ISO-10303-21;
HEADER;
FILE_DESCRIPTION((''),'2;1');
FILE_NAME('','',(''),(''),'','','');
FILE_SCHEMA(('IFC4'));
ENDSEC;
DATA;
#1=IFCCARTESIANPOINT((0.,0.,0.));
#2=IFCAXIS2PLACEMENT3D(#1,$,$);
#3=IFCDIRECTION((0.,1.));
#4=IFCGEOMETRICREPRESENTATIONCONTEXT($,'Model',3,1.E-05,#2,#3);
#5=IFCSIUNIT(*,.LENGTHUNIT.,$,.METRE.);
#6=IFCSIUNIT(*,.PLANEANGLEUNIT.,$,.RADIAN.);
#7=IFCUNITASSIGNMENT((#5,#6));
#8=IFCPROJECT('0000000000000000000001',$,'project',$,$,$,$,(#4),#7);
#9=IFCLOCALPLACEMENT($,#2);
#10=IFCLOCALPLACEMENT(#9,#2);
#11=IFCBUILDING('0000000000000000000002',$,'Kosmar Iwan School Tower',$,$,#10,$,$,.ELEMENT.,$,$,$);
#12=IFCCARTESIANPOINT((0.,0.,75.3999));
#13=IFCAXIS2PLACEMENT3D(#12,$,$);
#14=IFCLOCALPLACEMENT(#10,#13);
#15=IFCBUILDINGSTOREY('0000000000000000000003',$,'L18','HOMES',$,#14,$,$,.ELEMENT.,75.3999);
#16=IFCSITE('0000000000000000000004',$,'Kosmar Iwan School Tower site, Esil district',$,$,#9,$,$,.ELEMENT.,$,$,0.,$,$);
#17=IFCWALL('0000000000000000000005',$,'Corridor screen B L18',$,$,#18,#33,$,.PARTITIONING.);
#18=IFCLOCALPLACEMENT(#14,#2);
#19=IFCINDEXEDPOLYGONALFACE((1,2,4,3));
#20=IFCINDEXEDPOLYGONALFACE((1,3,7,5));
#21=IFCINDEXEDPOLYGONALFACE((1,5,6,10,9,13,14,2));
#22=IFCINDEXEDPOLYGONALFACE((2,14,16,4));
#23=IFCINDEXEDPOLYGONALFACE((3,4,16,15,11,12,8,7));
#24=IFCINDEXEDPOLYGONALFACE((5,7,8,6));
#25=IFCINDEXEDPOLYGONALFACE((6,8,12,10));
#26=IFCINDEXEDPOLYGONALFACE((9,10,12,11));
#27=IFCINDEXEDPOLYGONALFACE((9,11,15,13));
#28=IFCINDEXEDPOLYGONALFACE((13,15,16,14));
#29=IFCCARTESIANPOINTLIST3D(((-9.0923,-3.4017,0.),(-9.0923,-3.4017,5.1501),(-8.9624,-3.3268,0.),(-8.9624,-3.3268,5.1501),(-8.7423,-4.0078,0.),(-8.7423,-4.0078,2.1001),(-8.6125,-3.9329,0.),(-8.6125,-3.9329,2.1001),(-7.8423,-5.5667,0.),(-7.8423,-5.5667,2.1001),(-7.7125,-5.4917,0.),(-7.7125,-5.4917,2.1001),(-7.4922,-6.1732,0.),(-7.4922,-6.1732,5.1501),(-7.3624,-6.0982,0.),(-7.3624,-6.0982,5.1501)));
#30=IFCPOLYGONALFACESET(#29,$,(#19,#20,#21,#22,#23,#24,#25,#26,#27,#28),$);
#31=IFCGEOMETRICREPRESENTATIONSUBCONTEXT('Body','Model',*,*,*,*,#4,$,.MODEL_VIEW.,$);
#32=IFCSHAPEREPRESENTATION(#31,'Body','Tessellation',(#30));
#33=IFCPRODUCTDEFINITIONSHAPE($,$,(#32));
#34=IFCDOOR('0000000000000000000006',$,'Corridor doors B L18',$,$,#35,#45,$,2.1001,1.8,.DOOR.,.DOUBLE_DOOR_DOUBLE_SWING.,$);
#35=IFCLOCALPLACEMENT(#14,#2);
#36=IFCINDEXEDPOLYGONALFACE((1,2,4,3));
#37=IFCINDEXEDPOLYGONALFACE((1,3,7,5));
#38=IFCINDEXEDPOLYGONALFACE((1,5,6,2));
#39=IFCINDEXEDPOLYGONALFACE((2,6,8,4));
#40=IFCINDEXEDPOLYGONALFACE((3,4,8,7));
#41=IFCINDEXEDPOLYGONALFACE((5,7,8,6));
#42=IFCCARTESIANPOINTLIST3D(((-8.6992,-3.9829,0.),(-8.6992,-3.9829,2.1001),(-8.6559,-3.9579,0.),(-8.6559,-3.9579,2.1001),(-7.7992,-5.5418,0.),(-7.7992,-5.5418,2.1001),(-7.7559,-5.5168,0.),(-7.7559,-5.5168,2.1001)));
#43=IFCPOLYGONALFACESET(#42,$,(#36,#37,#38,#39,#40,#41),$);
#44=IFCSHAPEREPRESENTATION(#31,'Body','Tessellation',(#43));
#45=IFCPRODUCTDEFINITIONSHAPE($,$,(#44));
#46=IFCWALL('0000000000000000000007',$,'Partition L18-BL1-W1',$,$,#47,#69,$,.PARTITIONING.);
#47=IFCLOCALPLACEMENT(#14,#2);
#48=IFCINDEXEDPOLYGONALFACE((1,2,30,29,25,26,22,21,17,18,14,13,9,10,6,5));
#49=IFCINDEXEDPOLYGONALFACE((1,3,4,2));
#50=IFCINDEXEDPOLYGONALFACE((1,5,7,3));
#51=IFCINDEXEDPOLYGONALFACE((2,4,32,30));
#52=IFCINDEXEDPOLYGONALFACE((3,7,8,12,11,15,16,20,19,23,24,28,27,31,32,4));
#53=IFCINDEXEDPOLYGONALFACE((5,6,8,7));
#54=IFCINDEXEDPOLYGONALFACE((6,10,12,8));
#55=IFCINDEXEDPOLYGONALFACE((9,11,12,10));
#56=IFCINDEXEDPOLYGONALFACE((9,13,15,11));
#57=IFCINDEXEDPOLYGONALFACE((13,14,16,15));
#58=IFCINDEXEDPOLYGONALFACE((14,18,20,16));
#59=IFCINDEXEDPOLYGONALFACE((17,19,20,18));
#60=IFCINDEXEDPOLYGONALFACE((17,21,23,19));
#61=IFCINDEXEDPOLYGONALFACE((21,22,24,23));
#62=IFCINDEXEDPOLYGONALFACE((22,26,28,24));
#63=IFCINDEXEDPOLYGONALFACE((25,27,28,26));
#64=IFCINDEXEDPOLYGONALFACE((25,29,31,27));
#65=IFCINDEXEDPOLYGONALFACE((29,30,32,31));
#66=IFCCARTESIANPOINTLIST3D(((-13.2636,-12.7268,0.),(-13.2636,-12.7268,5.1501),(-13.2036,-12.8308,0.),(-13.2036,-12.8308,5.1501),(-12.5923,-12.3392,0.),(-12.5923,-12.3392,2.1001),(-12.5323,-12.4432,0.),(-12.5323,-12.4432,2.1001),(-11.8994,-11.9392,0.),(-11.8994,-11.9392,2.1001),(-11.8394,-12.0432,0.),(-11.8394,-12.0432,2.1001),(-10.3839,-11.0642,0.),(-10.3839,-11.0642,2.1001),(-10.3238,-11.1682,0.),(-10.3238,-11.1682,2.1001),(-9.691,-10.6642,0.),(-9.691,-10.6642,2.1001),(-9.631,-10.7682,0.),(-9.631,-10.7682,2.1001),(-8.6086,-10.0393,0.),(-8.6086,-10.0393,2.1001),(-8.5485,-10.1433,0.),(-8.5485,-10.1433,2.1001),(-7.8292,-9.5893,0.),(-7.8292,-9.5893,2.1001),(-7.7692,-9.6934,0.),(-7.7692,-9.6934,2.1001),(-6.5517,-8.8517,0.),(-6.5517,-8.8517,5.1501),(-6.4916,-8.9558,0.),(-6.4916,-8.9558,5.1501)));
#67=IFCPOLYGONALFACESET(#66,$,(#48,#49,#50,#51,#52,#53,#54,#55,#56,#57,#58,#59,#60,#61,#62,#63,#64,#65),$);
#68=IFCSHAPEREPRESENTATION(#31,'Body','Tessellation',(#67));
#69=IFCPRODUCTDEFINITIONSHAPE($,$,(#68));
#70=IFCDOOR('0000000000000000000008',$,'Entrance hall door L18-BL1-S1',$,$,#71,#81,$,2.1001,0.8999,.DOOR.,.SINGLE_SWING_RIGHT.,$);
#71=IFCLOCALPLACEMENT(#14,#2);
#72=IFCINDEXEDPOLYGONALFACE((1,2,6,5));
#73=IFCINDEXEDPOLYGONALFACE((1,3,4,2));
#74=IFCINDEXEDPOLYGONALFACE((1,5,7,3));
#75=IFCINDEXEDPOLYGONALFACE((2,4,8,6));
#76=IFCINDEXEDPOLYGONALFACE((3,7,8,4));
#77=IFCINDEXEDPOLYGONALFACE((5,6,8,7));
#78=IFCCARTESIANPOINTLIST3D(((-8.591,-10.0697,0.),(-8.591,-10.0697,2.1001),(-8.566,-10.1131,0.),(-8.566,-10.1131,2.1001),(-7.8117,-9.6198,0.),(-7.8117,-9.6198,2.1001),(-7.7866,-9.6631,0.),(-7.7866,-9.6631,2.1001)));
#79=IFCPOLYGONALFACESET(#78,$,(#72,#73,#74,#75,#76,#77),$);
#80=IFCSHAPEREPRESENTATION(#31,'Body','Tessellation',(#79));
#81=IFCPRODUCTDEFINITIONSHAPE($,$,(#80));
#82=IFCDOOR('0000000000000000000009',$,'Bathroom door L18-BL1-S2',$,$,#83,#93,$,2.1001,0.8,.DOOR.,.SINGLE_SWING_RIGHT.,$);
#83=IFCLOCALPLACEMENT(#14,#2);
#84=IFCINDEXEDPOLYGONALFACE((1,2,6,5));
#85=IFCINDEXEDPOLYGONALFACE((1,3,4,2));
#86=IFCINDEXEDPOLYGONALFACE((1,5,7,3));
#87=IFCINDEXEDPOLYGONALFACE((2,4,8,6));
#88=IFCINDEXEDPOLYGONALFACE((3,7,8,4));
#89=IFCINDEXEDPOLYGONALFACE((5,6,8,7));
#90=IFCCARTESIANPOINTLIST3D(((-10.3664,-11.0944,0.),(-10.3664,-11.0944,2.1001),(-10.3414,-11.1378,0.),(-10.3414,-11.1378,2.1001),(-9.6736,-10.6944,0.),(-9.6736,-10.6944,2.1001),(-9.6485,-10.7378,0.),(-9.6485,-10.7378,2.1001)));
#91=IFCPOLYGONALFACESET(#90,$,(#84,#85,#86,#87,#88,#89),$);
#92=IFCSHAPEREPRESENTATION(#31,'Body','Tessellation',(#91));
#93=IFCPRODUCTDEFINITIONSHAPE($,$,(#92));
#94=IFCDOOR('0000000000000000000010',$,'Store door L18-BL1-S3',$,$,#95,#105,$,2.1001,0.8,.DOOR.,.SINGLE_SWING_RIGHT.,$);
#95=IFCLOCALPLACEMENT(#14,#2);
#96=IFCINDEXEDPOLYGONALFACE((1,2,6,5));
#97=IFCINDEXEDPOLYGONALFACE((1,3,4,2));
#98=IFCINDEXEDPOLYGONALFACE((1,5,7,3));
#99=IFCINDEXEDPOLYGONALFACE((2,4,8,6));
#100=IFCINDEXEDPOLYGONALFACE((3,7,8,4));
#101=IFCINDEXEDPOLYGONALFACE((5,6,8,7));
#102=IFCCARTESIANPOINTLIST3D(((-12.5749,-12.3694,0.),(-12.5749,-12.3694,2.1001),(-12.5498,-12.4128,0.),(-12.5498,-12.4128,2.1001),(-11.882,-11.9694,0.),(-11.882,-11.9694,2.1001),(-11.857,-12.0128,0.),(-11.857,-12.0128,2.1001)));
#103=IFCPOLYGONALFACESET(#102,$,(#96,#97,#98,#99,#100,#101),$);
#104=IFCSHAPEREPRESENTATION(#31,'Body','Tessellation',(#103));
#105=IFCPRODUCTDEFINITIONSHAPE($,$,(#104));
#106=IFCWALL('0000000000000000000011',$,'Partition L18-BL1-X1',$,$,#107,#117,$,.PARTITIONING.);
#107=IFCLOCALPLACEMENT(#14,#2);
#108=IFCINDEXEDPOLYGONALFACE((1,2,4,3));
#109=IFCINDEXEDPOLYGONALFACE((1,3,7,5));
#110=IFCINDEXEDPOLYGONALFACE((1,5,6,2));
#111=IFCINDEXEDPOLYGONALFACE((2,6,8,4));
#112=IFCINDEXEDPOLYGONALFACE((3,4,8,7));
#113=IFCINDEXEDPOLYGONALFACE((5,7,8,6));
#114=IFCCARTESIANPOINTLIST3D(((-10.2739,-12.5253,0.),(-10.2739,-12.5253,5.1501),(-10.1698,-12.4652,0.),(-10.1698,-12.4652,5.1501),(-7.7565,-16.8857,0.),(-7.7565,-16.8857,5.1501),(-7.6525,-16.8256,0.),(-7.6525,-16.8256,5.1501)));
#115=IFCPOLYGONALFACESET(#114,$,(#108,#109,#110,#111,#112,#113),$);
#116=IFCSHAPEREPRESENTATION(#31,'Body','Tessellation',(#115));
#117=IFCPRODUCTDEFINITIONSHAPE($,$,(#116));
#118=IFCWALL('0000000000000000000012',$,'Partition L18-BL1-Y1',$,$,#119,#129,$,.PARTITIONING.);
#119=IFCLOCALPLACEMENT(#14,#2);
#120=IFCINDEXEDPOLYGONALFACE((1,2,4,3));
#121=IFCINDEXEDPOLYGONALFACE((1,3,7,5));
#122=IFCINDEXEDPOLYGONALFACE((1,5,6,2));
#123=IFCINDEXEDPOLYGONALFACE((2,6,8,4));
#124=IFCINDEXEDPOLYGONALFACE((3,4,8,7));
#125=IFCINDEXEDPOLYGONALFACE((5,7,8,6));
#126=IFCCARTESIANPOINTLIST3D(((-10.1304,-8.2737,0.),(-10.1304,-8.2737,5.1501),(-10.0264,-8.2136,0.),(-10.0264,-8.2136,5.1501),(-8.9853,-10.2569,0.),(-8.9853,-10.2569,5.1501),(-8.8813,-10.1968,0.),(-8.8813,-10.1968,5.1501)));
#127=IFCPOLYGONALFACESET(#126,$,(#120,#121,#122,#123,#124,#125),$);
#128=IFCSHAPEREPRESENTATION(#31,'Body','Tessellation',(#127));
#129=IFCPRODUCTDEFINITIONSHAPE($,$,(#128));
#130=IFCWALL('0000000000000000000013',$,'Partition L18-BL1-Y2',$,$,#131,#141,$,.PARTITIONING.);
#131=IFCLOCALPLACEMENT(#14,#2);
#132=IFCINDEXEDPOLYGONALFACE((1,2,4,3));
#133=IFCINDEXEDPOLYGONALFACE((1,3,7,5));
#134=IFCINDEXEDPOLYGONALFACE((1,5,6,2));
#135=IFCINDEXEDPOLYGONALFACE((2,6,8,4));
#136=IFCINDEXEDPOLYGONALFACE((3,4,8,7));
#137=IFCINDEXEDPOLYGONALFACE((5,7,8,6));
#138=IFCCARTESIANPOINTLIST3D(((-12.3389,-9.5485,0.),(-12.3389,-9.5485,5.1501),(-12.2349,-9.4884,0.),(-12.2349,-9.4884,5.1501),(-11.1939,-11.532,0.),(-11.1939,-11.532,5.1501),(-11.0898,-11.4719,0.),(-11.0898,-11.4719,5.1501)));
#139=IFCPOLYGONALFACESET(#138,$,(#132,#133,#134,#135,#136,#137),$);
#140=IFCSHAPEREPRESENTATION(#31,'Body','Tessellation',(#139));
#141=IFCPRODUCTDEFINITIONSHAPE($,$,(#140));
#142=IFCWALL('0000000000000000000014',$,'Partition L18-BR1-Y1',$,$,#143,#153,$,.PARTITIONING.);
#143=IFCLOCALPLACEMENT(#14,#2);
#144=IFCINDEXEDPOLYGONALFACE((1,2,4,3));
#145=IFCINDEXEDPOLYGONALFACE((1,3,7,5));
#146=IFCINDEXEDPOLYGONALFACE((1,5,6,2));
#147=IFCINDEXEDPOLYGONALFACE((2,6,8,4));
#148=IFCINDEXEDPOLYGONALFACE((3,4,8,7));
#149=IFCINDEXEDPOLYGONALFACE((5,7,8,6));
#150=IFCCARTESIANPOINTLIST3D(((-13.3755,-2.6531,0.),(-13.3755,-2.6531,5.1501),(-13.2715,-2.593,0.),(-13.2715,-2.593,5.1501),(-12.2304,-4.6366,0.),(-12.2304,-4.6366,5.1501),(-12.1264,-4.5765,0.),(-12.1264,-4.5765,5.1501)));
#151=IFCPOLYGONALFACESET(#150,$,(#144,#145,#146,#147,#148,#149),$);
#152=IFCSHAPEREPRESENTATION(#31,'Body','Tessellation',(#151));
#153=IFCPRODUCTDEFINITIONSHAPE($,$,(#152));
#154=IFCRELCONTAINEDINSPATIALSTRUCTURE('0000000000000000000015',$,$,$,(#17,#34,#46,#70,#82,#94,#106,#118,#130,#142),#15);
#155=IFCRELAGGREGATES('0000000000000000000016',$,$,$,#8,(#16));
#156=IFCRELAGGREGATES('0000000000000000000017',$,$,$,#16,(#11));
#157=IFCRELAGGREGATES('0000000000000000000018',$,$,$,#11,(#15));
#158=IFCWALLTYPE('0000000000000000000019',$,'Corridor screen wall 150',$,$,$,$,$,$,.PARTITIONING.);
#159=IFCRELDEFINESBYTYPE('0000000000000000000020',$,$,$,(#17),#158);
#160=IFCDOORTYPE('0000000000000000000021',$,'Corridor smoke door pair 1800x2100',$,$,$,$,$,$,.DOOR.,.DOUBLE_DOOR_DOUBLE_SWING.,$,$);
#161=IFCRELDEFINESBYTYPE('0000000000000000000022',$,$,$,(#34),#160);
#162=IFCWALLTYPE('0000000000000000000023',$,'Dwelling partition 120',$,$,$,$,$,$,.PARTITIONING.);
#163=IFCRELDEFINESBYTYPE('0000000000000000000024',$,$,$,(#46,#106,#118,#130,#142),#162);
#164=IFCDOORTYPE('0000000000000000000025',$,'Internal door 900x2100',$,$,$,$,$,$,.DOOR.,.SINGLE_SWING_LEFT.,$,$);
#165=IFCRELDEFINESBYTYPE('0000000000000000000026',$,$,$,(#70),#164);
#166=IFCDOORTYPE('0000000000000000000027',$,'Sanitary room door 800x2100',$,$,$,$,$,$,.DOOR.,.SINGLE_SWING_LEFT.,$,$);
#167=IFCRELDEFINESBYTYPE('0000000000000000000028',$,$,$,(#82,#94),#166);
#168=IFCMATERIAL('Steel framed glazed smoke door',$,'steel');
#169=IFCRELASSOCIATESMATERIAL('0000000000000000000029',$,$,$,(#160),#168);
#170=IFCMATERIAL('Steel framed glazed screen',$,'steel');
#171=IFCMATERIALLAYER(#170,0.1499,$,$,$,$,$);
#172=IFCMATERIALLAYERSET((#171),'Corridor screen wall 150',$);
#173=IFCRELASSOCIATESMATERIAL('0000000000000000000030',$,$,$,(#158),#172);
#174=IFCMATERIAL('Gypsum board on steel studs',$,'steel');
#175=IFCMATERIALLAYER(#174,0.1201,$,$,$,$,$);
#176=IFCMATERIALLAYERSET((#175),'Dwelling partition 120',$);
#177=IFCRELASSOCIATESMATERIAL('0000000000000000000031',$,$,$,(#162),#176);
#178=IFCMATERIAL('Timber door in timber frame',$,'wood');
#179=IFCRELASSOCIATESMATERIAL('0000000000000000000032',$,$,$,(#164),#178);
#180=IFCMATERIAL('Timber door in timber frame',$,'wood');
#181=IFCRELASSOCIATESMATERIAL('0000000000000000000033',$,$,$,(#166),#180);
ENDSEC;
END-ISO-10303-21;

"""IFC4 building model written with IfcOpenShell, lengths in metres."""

from ifc_helpers import new_model, si_unit, direction, frame, frame_2d, origin, place, context, subcontext, project, spatial, rectangle, extrude, material, layer, layer_set, type_object, element, fill, save


model = new_model("IFC4")

# Units and contexts
model_context = context("Model", 3, precision=1e-05, world=origin(), true_north=direction((0.0, 1.0)))
body_context = subcontext(model_context, "Body", "Model", "MODEL_VIEW")
ifc_project = project(units=[si_unit("LENGTHUNIT", "METRE"), si_unit("PLANEANGLEUNIT", "RADIAN")], contexts=[model_context])

# Site, building, storey
site_placement = place(None, origin())
site = spatial("IfcSite", under=ifc_project, at=site_placement, Name="Kosmar Iwan School Tower site, Esil district", CompositionType="ELEMENT", RefElevation=0.0)
building_placement = place(site_placement, origin())
building = spatial("IfcBuilding", under=site, at=building_placement, Name="Kosmar Iwan School Tower", CompositionType="ELEMENT")
storey_placement = place(building_placement, frame((0.0, 0.0, 75.3999)))
storey = spatial("IfcBuildingStorey", under=building, at=storey_placement, Name="L18", Description="HOMES", CompositionType="ELEMENT", Elevation=75.3999)

# Wall, opening, door
ifc_material_1 = material(Name="Steel framed glazed smoke door", Category="steel")
door_type_1 = type_object("IfcDoorType", Name="Corridor smoke door pair 1800x2100", OperationType="DOUBLE_DOOR_DOUBLE_SWING", PredefinedType="DOOR", material=ifc_material_1)
ifc_material_2 = material(Name="Steel framed glazed screen", Category="steel")
ifc_layer_1 = layer(ifc_material_2, 0.1499)
ifc_layer_set_1 = layer_set([ifc_layer_1], Name="Corridor screen wall 150")
wall_type_1 = type_object("IfcWallType", Name="Corridor screen wall 150", PredefinedType="PARTITIONING", material=ifc_layer_set_1)
wall_1_placement = place(storey_placement, frame((-9.0273, -3.3643, 0.0), z_axis=(0.0, 0.0, 1.0), x_axis=(0.499995, -0.866028, 0.0)))
wall_1 = element("IfcWall", 1, at=wall_1_placement, inside=storey, type_object=wall_type_1, Name="Corridor screen B L18", PredefinedType="PARTITIONING", context=body_context, shape_type="SweptSolid", body=[
    extrude(rectangle(XDim=3.2002, YDim=0.1499, at=frame_2d((1.6001, 0.0))), origin(), (0.0, 0.0, 1.0), 5.1501),
])
opening_1_placement = place(wall_1_placement, frame((0.7, 0.0, 0.0)))
opening_1 = element("IfcOpeningElement", 2, at=opening_1_placement, cuts=wall_1, PredefinedType="OPENING", context=body_context, shape_type="SweptSolid", body=[
    extrude(rectangle(XDim=1.8, YDim=2.1001, at=frame_2d((0.8999, 1.05))), frame((0.0, 0.0869, 0.0), z_axis=(0.0, -1.0, 0.0), x_axis=(1.0, 0.0, 0.0)), (0.0, 0.0, 1.0), 0.1738),
])
door_1_placement = place(opening_1_placement, origin())
door_1 = element("IfcDoor", 3, at=door_1_placement, inside=storey, type_object=door_type_1, Name="Corridor doors B L18", OperationType="DOUBLE_DOOR_DOUBLE_SWING", OverallHeight=2.1001, OverallWidth=1.8, PredefinedType="DOOR", context=body_context, shape_type="SweptSolid", body=[
    extrude(rectangle(XDim=1.8, YDim=2.1001, at=frame_2d((0.8999, 1.05))), frame((0.0, 0.0249, 0.0), z_axis=(0.0, -1.0, 0.0), x_axis=(1.0, 0.0, 0.0)), (0.0, 0.0, 1.0), 0.05),
])
fill(opening_1, door_1)

# Wall, openings, doors
ifc_material_3 = material(Name="Gypsum board on steel studs", Category="steel")
ifc_layer_2 = layer(ifc_material_3, 0.1201)
ifc_layer_set_2 = layer_set([ifc_layer_2], Name="Dwelling partition 120")
wall_type_2 = type_object("IfcWallType", Name="Dwelling partition 120", PredefinedType="PARTITIONING", material=ifc_layer_set_2)
wall_2_placement = place(storey_placement, frame((-6.5217, -8.9038, 0.0), z_axis=(0.0, 0.0, 1.0), x_axis=(-0.866032, -0.499988, 0.0)))
wall_2 = element("IfcWall", 4, at=wall_2_placement, inside=storey, type_object=wall_type_2, Name="Partition L18-BL1-W1", PredefinedType="PARTITIONING", context=body_context, shape_type="SweptSolid", body=[
    extrude(rectangle(XDim=7.7502, YDim=0.1201, at=frame_2d((3.875, 0.0))), origin(), (0.0, 0.0, 1.0), 5.1501),
])
opening_2_placement = place(wall_2_placement, frame((1.4751, 0.0, 0.0)))
opening_2 = element("IfcOpeningElement", 5, at=opening_2_placement, cuts=wall_2, PredefinedType="OPENING", context=body_context, shape_type="SweptSolid", body=[
    extrude(rectangle(XDim=0.8999, YDim=2.1001, at=frame_2d((0.45, 1.05))), frame((0.0, 0.072, 0.0), z_axis=(0.0, -1.0, 0.0), x_axis=(1.0, 0.0, 0.0)), (0.0, 0.0, 1.0), 0.144),
])
opening_3_placement = place(wall_2_placement, frame((3.625, 0.0, 0.0)))
opening_3 = element("IfcOpeningElement", 6, at=opening_3_placement, cuts=wall_2, PredefinedType="OPENING", context=body_context, shape_type="SweptSolid", body=[
    extrude(rectangle(XDim=0.8, YDim=2.1001, at=frame_2d((0.3999, 1.05))), frame((0.0, 0.072, 0.0), z_axis=(0.0, -1.0, 0.0), x_axis=(1.0, 0.0, 0.0)), (0.0, 0.0, 1.0), 0.144),
])
opening_4_placement = place(wall_2_placement, frame((6.175, 0.0, 0.0)))
opening_4 = element("IfcOpeningElement", 7, at=opening_4_placement, cuts=wall_2, PredefinedType="OPENING", context=body_context, shape_type="SweptSolid", body=[
    extrude(rectangle(XDim=0.8, YDim=2.1001, at=frame_2d((0.3999, 1.05))), frame((0.0, 0.072, 0.0), z_axis=(0.0, -1.0, 0.0), x_axis=(1.0, 0.0, 0.0)), (0.0, 0.0, 1.0), 0.144),
])
ifc_material_4 = material(Name="Timber door in timber frame", Category="wood")
door_type_2 = type_object("IfcDoorType", Name="Internal door 900x2100", OperationType="SINGLE_SWING_LEFT", PredefinedType="DOOR", material=ifc_material_4)
door_2_placement = place(opening_2_placement, frame((0.8999, 0.0, 0.0), z_axis=(0.0, 0.0, 1.0), x_axis=(-1.0, 0.0, 0.0)))
door_2 = element("IfcDoor", 8, at=door_2_placement, inside=storey, type_object=door_type_2, Name="Entrance hall door L18-BL1-S1", OperationType="SINGLE_SWING_RIGHT", OverallHeight=2.1001, OverallWidth=0.8999, PredefinedType="DOOR", context=body_context, shape_type="SweptSolid", body=[
    extrude(rectangle(XDim=0.8999, YDim=2.1001, at=frame_2d((0.45, 1.05))), frame((0.0, 0.0249, 0.0), z_axis=(0.0, -1.0, 0.0), x_axis=(1.0, 0.0, 0.0)), (0.0, 0.0, 1.0), 0.05),
])
fill(opening_2, door_2)
ifc_material_5 = material(Name="Timber door in timber frame", Category="wood")
door_type_3 = type_object("IfcDoorType", Name="Sanitary room door 800x2100", OperationType="SINGLE_SWING_LEFT", PredefinedType="DOOR", material=ifc_material_5)
door_3_placement = place(opening_3_placement, origin())
door_3 = element("IfcDoor", 9, at=door_3_placement, inside=storey, type_object=door_type_3, Name="Bathroom door L18-BL1-S2", OperationType="SINGLE_SWING_RIGHT", OverallHeight=2.1001, OverallWidth=0.8, PredefinedType="DOOR", context=body_context, shape_type="SweptSolid", body=[
    extrude(rectangle(XDim=0.8, YDim=2.1001, at=frame_2d((0.3999, 1.05))), frame((0.0, 0.0249, 0.0), z_axis=(0.0, -1.0, 0.0), x_axis=(1.0, 0.0, 0.0)), (0.0, 0.0, 1.0), 0.05),
])
fill(opening_3, door_3)
door_4_placement = place(opening_4_placement, origin())
door_4 = element("IfcDoor", 10, at=door_4_placement, inside=storey, type_object=door_type_3, Name="Store door L18-BL1-S3", OperationType="SINGLE_SWING_RIGHT", OverallHeight=2.1001, OverallWidth=0.8, PredefinedType="DOOR", context=body_context, shape_type="SweptSolid", body=[
    extrude(rectangle(XDim=0.8, YDim=2.1001, at=frame_2d((0.3999, 1.05))), frame((0.0, 0.0249, 0.0), z_axis=(0.0, -1.0, 0.0), x_axis=(1.0, 0.0, 0.0)), (0.0, 0.0, 1.0), 0.05),
])
fill(opening_4, door_4)

# Walls
wall_3_placement = place(storey_placement, frame((-10.2219, -12.4951, 0.0), z_axis=(0.0, 0.0, 1.0), x_axis=(0.499983, -0.866035, 0.0)))
element("IfcWall", 11, at=wall_3_placement, inside=storey, type_object=wall_type_2, Name="Partition L18-BL1-X1", PredefinedType="PARTITIONING", context=body_context, shape_type="SweptSolid", body=[
    extrude(rectangle(XDim=5.0349, YDim=0.1201, at=frame_2d((2.5176, 0.0))), origin(), (0.0, 0.0, 1.0), 5.1501),
])
wall_4_placement = place(storey_placement, frame((-10.0784, -8.2437, 0.0), z_axis=(0.0, 0.0, 1.0), x_axis=(0.500015, -0.866017, 0.0)))
element("IfcWall", 12, at=wall_4_placement, inside=storey, type_object=wall_type_2, Name="Partition L18-BL1-Y1", PredefinedType="PARTITIONING", context=body_context, shape_type="SweptSolid", body=[
    extrude(rectangle(XDim=2.29, YDim=0.1201, at=frame_2d((1.145, 0.0))), origin(), (0.0, 0.0, 1.0), 5.1501),
])
for number, where, z_axis, x_axis, name in (
    (13, (-12.2869, -9.5186, 0.0), (0.0, 0.0, 1.0), (0.499969, -0.866044, 0.0), "Partition L18-BL1-Y2"),
    (14, (-12.1785, -4.6064, 0.0), (0.0, 0.0, 1.0), (-0.499969, 0.866044, 0.0), "Partition L18-BR1-Y1"),
):
    element("IfcWall", number, at=place(storey_placement, frame(where, z_axis=z_axis, x_axis=x_axis)), inside=storey, type_object=wall_type_2, Name=name, PredefinedType="PARTITIONING", context=body_context, shape_type="SweptSolid", body=[
        extrude(rectangle(XDim=2.2903, YDim=0.1201, at=frame_2d((1.145, 0.0))), origin(), (0.0, 0.0, 1.0), 5.1501),
    ])

save(model, "model.ifc")
